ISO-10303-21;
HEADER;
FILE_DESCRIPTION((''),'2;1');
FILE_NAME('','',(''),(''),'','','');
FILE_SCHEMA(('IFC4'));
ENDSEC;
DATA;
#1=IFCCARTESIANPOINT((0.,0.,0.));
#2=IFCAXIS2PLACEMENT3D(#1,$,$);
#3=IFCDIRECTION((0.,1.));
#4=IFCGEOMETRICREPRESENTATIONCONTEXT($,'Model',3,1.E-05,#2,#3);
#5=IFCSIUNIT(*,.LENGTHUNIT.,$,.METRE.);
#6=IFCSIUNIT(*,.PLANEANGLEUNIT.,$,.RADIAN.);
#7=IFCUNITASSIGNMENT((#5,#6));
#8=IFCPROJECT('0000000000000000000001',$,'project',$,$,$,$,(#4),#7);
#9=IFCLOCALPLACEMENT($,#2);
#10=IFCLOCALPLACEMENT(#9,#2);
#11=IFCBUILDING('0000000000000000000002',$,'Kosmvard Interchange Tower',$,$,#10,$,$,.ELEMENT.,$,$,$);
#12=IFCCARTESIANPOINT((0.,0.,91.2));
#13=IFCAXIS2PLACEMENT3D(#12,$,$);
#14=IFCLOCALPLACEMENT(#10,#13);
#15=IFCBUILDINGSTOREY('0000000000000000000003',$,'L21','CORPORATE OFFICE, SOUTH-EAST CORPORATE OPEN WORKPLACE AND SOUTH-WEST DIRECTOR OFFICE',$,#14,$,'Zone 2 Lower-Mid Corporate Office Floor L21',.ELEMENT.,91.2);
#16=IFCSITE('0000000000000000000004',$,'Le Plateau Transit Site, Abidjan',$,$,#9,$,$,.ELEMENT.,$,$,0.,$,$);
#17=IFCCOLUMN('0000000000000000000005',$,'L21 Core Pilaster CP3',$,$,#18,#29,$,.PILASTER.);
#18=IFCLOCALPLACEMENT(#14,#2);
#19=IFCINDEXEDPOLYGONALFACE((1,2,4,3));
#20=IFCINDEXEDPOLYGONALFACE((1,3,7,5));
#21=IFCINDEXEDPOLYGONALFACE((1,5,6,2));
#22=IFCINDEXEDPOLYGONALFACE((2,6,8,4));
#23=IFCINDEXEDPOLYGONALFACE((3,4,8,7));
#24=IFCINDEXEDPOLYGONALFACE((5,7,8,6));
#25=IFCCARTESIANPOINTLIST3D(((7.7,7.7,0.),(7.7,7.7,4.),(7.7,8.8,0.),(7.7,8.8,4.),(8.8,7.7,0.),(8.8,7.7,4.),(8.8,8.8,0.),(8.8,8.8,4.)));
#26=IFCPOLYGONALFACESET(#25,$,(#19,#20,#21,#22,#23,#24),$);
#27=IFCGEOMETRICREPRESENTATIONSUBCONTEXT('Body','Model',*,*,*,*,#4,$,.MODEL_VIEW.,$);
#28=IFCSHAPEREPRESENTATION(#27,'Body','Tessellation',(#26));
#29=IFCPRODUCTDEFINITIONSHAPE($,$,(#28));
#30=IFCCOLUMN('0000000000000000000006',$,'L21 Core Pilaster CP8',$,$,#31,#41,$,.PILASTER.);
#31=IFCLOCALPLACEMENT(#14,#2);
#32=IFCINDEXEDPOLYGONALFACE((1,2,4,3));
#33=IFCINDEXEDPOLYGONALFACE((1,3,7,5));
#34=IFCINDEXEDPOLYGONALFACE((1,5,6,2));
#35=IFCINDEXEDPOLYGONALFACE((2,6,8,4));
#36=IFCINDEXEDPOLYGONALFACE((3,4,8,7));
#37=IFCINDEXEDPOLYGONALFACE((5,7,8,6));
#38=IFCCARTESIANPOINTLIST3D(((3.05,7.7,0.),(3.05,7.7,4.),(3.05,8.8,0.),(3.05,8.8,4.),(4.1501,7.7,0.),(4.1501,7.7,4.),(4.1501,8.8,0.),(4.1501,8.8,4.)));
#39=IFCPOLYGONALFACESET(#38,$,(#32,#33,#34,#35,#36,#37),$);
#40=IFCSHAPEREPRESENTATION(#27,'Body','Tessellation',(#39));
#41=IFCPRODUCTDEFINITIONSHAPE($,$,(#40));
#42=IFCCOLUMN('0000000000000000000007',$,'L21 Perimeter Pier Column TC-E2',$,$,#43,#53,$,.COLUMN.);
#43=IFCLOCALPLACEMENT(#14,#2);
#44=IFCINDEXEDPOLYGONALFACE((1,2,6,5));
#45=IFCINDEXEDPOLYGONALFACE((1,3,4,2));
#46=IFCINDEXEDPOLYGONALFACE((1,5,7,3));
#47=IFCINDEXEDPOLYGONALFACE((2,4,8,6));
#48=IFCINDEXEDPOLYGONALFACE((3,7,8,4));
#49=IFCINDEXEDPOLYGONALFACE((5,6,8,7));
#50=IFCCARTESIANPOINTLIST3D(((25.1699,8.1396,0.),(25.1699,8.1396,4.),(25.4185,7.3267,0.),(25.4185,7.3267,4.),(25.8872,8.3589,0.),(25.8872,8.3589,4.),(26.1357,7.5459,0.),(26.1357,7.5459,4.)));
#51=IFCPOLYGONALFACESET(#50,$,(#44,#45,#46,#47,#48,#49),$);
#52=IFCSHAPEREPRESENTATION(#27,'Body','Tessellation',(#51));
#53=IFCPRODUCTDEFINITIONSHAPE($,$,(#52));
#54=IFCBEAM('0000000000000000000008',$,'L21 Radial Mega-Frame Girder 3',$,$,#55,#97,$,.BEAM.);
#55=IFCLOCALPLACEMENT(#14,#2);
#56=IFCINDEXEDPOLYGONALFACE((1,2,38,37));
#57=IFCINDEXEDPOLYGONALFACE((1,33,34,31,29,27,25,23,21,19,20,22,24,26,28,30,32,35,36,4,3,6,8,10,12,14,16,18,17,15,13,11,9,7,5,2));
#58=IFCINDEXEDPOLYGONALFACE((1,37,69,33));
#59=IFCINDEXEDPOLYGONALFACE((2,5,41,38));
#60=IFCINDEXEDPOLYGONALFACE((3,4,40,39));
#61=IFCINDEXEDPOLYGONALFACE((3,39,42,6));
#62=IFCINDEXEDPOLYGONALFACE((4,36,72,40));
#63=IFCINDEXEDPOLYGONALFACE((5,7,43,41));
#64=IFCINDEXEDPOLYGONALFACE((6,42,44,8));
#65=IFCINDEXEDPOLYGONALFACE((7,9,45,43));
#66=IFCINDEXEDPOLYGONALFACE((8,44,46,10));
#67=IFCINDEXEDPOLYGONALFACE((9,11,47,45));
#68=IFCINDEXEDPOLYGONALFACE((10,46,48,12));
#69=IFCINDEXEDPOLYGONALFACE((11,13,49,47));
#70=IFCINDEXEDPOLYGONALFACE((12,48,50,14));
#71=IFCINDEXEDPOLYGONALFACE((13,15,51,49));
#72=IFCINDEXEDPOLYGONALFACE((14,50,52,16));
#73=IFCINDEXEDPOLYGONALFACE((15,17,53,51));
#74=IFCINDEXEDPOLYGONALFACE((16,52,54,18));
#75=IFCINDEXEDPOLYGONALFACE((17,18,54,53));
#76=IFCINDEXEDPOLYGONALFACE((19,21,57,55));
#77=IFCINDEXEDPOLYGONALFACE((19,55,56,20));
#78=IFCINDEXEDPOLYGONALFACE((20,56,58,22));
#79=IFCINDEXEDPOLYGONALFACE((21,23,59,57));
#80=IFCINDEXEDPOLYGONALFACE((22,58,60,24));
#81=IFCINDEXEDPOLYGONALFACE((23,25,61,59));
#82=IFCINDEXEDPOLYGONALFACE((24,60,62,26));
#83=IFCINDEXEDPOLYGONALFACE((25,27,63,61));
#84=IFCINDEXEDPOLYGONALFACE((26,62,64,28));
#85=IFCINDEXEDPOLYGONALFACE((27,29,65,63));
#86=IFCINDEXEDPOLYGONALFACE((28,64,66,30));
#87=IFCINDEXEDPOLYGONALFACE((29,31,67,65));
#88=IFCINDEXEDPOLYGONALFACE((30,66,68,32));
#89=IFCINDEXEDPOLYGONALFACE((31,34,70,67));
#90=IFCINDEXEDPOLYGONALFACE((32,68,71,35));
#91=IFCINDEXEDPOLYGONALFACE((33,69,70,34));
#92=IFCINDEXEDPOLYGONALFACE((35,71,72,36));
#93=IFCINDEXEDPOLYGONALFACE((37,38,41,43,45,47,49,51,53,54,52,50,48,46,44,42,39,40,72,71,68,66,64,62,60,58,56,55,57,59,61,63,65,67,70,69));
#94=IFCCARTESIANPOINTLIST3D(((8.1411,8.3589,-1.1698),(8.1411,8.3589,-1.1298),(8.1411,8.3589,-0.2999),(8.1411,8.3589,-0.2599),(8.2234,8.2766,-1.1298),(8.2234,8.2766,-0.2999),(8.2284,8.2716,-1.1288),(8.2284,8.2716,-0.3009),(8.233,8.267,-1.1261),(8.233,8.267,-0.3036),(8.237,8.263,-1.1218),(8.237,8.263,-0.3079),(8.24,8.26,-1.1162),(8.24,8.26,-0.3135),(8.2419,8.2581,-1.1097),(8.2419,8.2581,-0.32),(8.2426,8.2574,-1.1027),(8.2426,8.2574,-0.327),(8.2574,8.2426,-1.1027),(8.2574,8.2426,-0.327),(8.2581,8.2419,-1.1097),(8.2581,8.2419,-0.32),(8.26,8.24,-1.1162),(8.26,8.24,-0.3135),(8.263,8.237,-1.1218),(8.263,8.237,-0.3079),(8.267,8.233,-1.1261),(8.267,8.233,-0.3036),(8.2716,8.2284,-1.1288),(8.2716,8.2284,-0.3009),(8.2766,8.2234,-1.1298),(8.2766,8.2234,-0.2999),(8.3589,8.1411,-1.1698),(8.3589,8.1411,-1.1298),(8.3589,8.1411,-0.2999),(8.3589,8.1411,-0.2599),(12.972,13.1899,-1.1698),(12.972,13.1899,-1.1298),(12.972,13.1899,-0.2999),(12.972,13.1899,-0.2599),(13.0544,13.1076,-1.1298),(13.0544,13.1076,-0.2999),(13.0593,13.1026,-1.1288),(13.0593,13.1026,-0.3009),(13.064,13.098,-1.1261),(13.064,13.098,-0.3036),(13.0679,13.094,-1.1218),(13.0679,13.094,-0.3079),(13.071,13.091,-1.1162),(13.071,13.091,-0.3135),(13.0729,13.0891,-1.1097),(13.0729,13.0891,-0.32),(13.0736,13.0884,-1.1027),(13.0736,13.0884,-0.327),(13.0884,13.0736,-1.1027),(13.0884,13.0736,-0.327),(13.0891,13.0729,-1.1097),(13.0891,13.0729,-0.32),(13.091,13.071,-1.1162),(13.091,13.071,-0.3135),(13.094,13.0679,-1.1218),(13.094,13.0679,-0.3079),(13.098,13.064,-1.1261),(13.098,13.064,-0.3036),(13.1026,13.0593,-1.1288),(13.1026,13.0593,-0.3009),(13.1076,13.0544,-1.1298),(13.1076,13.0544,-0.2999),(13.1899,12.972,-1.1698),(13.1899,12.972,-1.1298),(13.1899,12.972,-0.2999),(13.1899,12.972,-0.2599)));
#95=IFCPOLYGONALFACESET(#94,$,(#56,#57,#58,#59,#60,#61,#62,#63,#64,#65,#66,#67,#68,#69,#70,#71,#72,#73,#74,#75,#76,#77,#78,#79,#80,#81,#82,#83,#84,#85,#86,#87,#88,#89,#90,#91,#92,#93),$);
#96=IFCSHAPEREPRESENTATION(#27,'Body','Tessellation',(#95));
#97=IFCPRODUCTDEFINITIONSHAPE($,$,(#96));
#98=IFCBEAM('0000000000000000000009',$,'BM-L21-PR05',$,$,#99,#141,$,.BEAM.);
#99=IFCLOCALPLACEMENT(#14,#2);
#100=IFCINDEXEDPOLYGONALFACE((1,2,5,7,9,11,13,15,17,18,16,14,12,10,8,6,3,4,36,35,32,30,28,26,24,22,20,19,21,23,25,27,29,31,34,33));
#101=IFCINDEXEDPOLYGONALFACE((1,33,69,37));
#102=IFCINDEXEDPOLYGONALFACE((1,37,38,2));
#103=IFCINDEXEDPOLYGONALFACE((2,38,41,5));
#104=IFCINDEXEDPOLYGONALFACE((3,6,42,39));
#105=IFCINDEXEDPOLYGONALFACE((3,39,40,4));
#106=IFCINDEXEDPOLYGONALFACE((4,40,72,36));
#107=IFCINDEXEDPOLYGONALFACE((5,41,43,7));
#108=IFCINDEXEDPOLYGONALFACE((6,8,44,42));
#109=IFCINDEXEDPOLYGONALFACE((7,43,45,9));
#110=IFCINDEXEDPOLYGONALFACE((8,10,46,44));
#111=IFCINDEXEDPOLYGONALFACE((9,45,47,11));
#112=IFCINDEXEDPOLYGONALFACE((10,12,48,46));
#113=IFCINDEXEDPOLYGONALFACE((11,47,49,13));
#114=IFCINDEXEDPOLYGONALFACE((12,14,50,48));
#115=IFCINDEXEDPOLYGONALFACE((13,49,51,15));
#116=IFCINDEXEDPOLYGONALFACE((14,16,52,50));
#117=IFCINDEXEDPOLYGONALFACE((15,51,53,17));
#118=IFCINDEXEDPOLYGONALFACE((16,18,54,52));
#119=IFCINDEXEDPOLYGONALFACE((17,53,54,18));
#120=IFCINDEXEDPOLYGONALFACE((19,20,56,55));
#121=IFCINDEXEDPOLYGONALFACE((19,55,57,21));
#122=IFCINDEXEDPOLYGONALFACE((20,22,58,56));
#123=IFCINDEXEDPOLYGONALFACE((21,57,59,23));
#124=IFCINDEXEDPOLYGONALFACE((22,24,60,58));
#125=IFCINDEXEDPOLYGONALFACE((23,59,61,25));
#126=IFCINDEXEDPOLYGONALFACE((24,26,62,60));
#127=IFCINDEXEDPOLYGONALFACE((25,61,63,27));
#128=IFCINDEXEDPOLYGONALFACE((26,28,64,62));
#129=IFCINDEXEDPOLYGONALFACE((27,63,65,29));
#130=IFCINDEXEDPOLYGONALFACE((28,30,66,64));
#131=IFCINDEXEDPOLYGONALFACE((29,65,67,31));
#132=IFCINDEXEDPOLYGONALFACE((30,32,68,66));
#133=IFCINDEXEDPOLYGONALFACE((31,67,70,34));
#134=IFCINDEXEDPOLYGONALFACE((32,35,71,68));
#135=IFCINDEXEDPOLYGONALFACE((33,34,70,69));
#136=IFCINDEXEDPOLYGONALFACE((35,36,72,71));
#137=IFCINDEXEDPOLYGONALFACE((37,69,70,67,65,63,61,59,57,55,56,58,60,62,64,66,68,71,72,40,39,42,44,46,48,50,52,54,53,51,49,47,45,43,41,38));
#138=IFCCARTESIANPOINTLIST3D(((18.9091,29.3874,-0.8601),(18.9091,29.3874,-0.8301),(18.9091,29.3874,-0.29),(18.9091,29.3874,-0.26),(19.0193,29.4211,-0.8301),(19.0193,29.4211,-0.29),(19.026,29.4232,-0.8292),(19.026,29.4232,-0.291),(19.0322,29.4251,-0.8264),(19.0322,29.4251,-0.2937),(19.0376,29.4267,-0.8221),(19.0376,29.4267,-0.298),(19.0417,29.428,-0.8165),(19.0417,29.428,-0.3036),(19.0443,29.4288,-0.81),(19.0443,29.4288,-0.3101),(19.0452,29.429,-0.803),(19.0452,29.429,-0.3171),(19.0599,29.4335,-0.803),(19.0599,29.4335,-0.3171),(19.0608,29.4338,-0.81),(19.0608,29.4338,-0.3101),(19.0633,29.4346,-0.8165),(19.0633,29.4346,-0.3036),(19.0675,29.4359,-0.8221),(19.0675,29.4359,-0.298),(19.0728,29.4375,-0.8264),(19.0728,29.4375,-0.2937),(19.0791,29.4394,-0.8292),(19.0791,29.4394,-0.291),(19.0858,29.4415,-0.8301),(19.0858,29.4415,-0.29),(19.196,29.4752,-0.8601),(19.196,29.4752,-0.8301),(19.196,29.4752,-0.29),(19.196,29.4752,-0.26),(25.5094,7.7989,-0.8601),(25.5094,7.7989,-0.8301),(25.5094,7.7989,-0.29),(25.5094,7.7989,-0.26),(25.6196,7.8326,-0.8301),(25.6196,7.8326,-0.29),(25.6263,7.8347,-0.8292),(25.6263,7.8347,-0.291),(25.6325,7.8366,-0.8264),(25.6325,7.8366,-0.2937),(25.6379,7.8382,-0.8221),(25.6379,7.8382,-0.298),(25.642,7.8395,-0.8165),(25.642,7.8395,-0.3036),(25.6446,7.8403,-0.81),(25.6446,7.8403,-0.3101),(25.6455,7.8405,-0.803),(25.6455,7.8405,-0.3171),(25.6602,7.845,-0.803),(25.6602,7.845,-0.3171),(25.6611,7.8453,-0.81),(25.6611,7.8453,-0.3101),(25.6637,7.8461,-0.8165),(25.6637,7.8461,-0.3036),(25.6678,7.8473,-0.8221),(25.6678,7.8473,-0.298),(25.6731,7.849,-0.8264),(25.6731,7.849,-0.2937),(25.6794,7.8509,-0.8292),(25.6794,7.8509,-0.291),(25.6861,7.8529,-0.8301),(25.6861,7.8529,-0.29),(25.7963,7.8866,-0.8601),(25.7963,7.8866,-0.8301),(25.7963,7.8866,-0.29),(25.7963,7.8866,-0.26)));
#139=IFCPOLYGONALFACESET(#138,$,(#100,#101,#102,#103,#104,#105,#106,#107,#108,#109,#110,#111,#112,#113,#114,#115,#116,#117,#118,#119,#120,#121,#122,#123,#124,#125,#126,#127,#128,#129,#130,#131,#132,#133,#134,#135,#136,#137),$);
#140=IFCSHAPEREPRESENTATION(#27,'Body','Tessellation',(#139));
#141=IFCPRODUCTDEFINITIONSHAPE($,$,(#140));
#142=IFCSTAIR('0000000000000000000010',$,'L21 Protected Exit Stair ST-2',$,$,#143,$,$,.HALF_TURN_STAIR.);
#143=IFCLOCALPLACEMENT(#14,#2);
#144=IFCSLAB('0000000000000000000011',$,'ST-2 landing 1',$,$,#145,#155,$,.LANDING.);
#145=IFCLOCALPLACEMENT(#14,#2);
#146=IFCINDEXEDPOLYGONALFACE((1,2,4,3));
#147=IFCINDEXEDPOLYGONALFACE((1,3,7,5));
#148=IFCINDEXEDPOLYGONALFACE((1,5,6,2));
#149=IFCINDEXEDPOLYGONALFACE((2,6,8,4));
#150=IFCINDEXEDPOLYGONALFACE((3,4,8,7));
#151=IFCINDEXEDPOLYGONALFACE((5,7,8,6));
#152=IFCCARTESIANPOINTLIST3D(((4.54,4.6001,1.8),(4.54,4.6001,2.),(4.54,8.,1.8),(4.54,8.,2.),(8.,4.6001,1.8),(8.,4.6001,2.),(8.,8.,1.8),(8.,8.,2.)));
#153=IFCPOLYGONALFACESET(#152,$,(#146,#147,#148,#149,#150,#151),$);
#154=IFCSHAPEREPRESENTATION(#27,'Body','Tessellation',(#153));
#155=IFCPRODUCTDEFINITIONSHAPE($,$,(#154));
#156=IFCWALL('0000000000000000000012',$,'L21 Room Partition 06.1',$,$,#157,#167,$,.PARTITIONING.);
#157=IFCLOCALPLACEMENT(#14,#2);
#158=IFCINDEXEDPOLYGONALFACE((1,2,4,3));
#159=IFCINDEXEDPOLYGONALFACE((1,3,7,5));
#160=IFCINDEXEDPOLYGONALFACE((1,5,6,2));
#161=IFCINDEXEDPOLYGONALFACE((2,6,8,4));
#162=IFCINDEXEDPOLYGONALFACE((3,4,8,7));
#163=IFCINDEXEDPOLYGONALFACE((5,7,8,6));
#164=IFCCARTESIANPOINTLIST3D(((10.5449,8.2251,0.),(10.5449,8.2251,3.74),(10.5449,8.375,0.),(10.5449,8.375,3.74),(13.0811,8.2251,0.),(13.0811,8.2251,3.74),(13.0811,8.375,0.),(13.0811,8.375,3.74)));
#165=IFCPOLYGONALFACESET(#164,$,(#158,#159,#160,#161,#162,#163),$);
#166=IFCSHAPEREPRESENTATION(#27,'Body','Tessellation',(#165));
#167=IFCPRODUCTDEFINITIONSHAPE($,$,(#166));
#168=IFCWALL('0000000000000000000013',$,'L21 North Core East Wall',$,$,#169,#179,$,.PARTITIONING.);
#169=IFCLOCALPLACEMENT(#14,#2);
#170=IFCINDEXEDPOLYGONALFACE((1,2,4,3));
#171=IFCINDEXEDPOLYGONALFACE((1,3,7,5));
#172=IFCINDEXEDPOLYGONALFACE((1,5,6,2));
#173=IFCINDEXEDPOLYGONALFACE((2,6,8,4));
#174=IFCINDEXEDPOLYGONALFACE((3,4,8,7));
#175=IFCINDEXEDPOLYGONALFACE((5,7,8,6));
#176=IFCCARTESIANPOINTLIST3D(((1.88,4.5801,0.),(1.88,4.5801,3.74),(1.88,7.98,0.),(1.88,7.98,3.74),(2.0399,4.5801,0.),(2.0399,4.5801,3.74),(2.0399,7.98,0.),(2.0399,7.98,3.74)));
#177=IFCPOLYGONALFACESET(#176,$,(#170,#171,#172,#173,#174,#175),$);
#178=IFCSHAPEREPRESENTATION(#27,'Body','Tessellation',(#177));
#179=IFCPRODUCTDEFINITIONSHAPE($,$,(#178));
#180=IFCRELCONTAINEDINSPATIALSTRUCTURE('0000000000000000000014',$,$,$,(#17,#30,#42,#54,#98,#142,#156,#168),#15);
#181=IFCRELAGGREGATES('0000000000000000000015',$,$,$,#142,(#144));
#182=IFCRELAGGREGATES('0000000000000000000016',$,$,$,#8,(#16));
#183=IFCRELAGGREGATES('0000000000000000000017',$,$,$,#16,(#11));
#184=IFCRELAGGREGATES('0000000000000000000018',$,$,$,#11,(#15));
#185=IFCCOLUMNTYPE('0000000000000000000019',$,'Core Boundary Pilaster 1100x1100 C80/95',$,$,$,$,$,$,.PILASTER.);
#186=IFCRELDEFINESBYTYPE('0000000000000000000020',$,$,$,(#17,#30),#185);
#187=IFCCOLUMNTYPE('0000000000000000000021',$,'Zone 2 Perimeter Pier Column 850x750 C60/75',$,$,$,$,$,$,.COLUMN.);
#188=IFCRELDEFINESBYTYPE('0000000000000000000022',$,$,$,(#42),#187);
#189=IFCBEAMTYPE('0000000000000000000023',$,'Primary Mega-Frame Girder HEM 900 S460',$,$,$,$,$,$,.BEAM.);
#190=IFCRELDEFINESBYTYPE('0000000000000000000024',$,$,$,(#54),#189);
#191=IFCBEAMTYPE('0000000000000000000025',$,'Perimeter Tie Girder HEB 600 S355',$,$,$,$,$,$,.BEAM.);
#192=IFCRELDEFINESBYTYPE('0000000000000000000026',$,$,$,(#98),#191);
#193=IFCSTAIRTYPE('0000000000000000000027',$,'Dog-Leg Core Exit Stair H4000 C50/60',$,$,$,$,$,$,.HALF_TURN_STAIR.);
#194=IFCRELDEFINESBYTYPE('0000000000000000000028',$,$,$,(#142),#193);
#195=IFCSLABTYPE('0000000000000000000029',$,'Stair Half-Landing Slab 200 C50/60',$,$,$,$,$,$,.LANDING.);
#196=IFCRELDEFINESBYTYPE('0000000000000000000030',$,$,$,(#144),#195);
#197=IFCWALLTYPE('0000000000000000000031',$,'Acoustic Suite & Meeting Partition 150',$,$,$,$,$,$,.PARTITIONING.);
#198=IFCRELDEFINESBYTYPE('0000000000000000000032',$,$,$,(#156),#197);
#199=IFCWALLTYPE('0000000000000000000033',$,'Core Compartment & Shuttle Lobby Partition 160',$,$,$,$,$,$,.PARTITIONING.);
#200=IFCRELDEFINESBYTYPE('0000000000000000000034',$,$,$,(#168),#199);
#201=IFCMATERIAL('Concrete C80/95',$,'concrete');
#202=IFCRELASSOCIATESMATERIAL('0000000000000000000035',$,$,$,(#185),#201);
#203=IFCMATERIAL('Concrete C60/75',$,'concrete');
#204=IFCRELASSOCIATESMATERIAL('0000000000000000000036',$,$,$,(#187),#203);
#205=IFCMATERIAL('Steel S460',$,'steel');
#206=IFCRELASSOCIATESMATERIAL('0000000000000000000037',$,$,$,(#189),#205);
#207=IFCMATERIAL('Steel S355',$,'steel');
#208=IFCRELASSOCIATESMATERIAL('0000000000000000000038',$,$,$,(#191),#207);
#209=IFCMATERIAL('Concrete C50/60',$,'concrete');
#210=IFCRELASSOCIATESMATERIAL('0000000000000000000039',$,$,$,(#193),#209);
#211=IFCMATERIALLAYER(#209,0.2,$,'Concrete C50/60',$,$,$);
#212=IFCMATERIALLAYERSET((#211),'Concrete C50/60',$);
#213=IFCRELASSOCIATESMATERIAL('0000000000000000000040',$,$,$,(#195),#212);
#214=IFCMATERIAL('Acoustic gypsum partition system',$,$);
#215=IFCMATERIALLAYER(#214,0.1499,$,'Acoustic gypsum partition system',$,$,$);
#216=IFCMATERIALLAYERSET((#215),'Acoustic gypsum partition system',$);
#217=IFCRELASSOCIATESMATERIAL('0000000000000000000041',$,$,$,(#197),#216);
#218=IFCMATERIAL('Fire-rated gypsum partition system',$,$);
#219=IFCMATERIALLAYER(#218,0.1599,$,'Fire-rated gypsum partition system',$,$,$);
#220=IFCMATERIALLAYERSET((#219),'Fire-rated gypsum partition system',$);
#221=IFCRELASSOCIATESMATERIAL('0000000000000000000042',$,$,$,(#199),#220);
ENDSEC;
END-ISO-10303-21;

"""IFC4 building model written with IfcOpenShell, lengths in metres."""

from ifc_helpers import new_model, si_unit, direction, frame, frame_2d, origin, origin_2d, place, context, subcontext, project, spatial, polyline, rectangle, i_section, outline, extrude, source, transform, mapped, material, layer, layer_set, material_profile, profile_set, type_object, element, aggregate, save


model = new_model("IFC4")

# Units and contexts
model_context = context("Model", 3, precision=1e-05, world=origin(), true_north=direction((0.0, 1.0)))
body_context = subcontext(model_context, "Body", "Model", "MODEL_VIEW")
ifc_project = project(units=[si_unit("LENGTHUNIT", "METRE"), si_unit("PLANEANGLEUNIT", "RADIAN")], contexts=[model_context])

# Site, building, storey
site_placement = place(None, origin())
site = spatial("IfcSite", under=ifc_project, at=site_placement, Name="Le Plateau Transit Site, Abidjan", CompositionType="ELEMENT", RefElevation=0.0)
building_placement = place(site_placement, origin())
building = spatial("IfcBuilding", under=site, at=building_placement, Name="Kosmvard Interchange Tower", CompositionType="ELEMENT")
storey_placement = place(building_placement, frame((0.0, 0.0, 91.2)))
storey = spatial("IfcBuildingStorey", under=building, at=storey_placement, Name="L21", Description="CORPORATE OFFICE, SOUTH-EAST CORPORATE OPEN WORKPLACE AND SOUTH-WEST DIRECTOR OFFICE", LongName="Zone 2 Lower-Mid Corporate Office Floor L21", CompositionType="ELEMENT", Elevation=91.2)

# Columns
ifc_material_1 = material(Name="Concrete C80/95", Category="concrete")
ifc_material_profile_1 = material_profile(ifc_material_1, rectangle(XDim=1.1001, YDim=1.1001, at=origin_2d()), Name="CP 1100x1100")
ifc_profile_set_1 = profile_set([ifc_material_profile_1], Name="Concrete C80/95")
column_type_1 = type_object("IfcColumnType", Name="Core Boundary Pilaster 1100x1100 C80/95", PredefinedType="PILASTER", material=ifc_profile_set_1)
shared_shape_1 = source(origin(), body_context, "Body", "SweptSolid", [
    extrude(rectangle(XDim=1.1001, YDim=1.1001, at=origin_2d()), origin(), (0.0, 0.0, 1.0), 4.0),
])
for number, where, z_axis, x_axis, name in (
    (1, (8.25, 8.25, 0.0), (0.0, 0.0, 1.0), (1.0, 0.0, 0.0), "L21 Core Pilaster CP3"),
    (2, (3.6001, 8.25, 0.0), (0.0, 0.0, 1.0), (1.0, 0.0, 0.0), "L21 Core Pilaster CP8"),
):
    element("IfcColumn", number, at=place(storey_placement, frame(where, z_axis=z_axis, x_axis=x_axis)), inside=storey, type_object=column_type_1, Name=name, PredefinedType="PILASTER", context=body_context, shape_type="MappedRepresentation", body=[
        mapped(shared_shape_1, transform((0.0, 0.0, 0.0), scale=1.0)),
    ])
ifc_material_2 = material(Name="Concrete C60/75", Category="concrete")
ifc_material_profile_2 = material_profile(ifc_material_2, rectangle(XDim=0.75, YDim=0.8501, at=origin_2d()), Name="TC 850x750")
ifc_profile_set_2 = profile_set([ifc_material_profile_2], Name="Concrete C60/75")
column_type_2 = type_object("IfcColumnType", Name="Zone 2 Perimeter Pier Column 850x750 C60/75", PredefinedType="COLUMN", material=ifc_profile_set_2)
shared_shape_2 = source(origin(), body_context, "Body", "SweptSolid", [
    extrude(rectangle(XDim=0.75, YDim=0.8501, at=origin_2d()), origin(), (0.0, 0.0, 1.0), 4.0),
])
column_placement = place(storey_placement, frame((25.6528, 7.8428, 0.0), z_axis=(0.0, 0.0, 1.0), x_axis=(0.956305, 0.292372, 0.0)))
element("IfcColumn", 3, at=column_placement, inside=storey, type_object=column_type_2, Name="L21 Perimeter Pier Column TC-E2", PredefinedType="COLUMN", context=body_context, shape_type="MappedRepresentation", body=[
    mapped(shared_shape_2, transform((0.0, 0.0, 0.0), scale=1.0)),
])

# Beams
ifc_material_3 = material(Name="Steel S460", Category="steel")
ifc_material_profile_3 = material_profile(ifc_material_3, i_section(OverallWidth=0.3081, OverallDepth=0.9099, WebThickness=0.021, FlangeThickness=0.04, FilletRadius=0.0271, at=origin_2d()), Name="HEM 900")
ifc_profile_set_3 = profile_set([ifc_material_profile_3], Name="Steel S460")
beam_type_1 = type_object("IfcBeamType", Name="Primary Mega-Frame Girder HEM 900 S460", PredefinedType="BEAM", material=ifc_profile_set_3)
shared_shape_3 = source(origin(), body_context, "Body", "SweptSolid", [
    extrude(i_section(OverallWidth=0.3081, OverallDepth=0.9099, WebThickness=0.021, FlangeThickness=0.04, FilletRadius=0.0271, at=origin_2d()), origin(), (0.0, 0.0, 1.0), 6.832),
])
beam_1_placement = place(storey_placement, frame((8.25, 8.25, -0.7148), z_axis=(0.707107, 0.707107, 0.0), x_axis=(-0.707107, 0.707107, 0.0)))
element("IfcBeam", 4, at=beam_1_placement, inside=storey, type_object=beam_type_1, Name="L21 Radial Mega-Frame Girder 3", PredefinedType="BEAM", context=body_context, shape_type="MappedRepresentation", body=[
    mapped(shared_shape_3, transform((0.0, 0.0, 0.0), scale=1.0)),
])
ifc_material_4 = material(Name="Steel S355", Category="steel")
ifc_material_profile_4 = material_profile(ifc_material_4, i_section(OverallWidth=0.3, OverallDepth=0.6001, WebThickness=0.0154, FlangeThickness=0.03, FilletRadius=0.0271, at=origin_2d()), Name="HEB 600")
ifc_profile_set_4 = profile_set([ifc_material_profile_4], Name="Steel S355")
beam_type_2 = type_object("IfcBeamType", Name="Perimeter Tie Girder HEB 600 S355", PredefinedType="BEAM", material=ifc_profile_set_4)
shared_shape_4 = source(origin(), body_context, "Body", "SweptSolid", [
    extrude(i_section(OverallWidth=0.3, OverallDepth=0.6001, WebThickness=0.0154, FlangeThickness=0.03, FilletRadius=0.0271, at=origin_2d()), origin(), (0.0, 0.0, 1.0), 22.575),
])
beam_2_placement = place(storey_placement, frame((25.6528, 7.8428, -0.5601), z_axis=(-0.292373, 0.956304, 0.0), x_axis=(-0.956304, -0.292373, 0.0)))
element("IfcBeam", 5, at=beam_2_placement, inside=storey, type_object=beam_type_2, Name="BM-L21-PR05", PredefinedType="BEAM", context=body_context, shape_type="MappedRepresentation", body=[
    mapped(shared_shape_4, transform((0.0, 0.0, 0.0), scale=1.0)),
])

# Stair, slab
ifc_material_5 = material(Name="Concrete C50/60", Category="concrete")
stair_type = type_object("IfcStairType", Name="Dog-Leg Core Exit Stair H4000 C50/60", PredefinedType="HALF_TURN_STAIR", material=ifc_material_5)
stair_placement = place(storey_placement, origin())
stair = element("IfcStair", 6, at=stair_placement, inside=storey, type_object=stair_type, Name="L21 Protected Exit Stair ST-2", PredefinedType="HALF_TURN_STAIR")
ifc_layer_1 = layer(ifc_material_5, 0.2, Name="Concrete C50/60")
ifc_layer_set_1 = layer_set([ifc_layer_1], Name="Concrete C50/60")
slab_type = type_object("IfcSlabType", Name="Stair Half-Landing Slab 200 C50/60", PredefinedType="LANDING", material=ifc_layer_set_1)
slab_placement = place(storey_placement, frame((0.0, 0.0, 1.8)))
slab = element("IfcSlab", 7, at=slab_placement, type_object=slab_type, Name="ST-2 landing 1", PredefinedType="LANDING", context=body_context, shape_type="SweptSolid", body=[
    extrude(outline(polyline([(8.0, 4.6001), (8.0, 8.0), (4.54, 8.0), (4.54, 4.6001), (8.0, 4.6001)])), origin(), (0.0, 0.0, 1.0), 0.2),
])

# Walls
ifc_material_6 = material(Name="Acoustic gypsum partition system")
ifc_layer_2 = layer(ifc_material_6, 0.1499, Name="Acoustic gypsum partition system")
ifc_layer_set_2 = layer_set([ifc_layer_2], Name="Acoustic gypsum partition system")
wall_type_1 = type_object("IfcWallType", Name="Acoustic Suite & Meeting Partition 150", PredefinedType="PARTITIONING", material=ifc_layer_set_2)
wall_1_placement = place(storey_placement, frame((10.5449, 8.3, 0.0), z_axis=(0.0, 0.0, 1.0), x_axis=(1.0, 0.0, 0.0)))
element("IfcWall", 8, at=wall_1_placement, inside=storey, type_object=wall_type_1, Name="L21 Room Partition 06.1", PredefinedType="PARTITIONING", context=body_context, shape_type="SweptSolid", body=[
    extrude(rectangle(XDim=2.5361, YDim=0.1499, at=frame_2d((1.2681, 0.0))), origin(), (0.0, 0.0, 1.0), 3.74),
])
ifc_material_7 = material(Name="Fire-rated gypsum partition system")
ifc_layer_3 = layer(ifc_material_7, 0.1599, Name="Fire-rated gypsum partition system")
ifc_layer_set_3 = layer_set([ifc_layer_3], Name="Fire-rated gypsum partition system")
wall_type_2 = type_object("IfcWallType", Name="Core Compartment & Shuttle Lobby Partition 160", PredefinedType="PARTITIONING", material=ifc_layer_set_3)
wall_2_placement = place(storey_placement, frame((1.96, 4.5801, 0.0), z_axis=(0.0, 0.0, 1.0), x_axis=(0.0, 1.0, 0.0)))
element("IfcWall", 9, at=wall_2_placement, inside=storey, type_object=wall_type_2, Name="L21 North Core East Wall", PredefinedType="PARTITIONING", context=body_context, shape_type="SweptSolid", body=[
    extrude(rectangle(XDim=3.3999, YDim=0.1599, at=frame_2d((1.7, 0.0))), origin(), (0.0, 0.0, 1.0), 3.74),
])

aggregate(stair, [slab])

save(model, "model.ifc")
